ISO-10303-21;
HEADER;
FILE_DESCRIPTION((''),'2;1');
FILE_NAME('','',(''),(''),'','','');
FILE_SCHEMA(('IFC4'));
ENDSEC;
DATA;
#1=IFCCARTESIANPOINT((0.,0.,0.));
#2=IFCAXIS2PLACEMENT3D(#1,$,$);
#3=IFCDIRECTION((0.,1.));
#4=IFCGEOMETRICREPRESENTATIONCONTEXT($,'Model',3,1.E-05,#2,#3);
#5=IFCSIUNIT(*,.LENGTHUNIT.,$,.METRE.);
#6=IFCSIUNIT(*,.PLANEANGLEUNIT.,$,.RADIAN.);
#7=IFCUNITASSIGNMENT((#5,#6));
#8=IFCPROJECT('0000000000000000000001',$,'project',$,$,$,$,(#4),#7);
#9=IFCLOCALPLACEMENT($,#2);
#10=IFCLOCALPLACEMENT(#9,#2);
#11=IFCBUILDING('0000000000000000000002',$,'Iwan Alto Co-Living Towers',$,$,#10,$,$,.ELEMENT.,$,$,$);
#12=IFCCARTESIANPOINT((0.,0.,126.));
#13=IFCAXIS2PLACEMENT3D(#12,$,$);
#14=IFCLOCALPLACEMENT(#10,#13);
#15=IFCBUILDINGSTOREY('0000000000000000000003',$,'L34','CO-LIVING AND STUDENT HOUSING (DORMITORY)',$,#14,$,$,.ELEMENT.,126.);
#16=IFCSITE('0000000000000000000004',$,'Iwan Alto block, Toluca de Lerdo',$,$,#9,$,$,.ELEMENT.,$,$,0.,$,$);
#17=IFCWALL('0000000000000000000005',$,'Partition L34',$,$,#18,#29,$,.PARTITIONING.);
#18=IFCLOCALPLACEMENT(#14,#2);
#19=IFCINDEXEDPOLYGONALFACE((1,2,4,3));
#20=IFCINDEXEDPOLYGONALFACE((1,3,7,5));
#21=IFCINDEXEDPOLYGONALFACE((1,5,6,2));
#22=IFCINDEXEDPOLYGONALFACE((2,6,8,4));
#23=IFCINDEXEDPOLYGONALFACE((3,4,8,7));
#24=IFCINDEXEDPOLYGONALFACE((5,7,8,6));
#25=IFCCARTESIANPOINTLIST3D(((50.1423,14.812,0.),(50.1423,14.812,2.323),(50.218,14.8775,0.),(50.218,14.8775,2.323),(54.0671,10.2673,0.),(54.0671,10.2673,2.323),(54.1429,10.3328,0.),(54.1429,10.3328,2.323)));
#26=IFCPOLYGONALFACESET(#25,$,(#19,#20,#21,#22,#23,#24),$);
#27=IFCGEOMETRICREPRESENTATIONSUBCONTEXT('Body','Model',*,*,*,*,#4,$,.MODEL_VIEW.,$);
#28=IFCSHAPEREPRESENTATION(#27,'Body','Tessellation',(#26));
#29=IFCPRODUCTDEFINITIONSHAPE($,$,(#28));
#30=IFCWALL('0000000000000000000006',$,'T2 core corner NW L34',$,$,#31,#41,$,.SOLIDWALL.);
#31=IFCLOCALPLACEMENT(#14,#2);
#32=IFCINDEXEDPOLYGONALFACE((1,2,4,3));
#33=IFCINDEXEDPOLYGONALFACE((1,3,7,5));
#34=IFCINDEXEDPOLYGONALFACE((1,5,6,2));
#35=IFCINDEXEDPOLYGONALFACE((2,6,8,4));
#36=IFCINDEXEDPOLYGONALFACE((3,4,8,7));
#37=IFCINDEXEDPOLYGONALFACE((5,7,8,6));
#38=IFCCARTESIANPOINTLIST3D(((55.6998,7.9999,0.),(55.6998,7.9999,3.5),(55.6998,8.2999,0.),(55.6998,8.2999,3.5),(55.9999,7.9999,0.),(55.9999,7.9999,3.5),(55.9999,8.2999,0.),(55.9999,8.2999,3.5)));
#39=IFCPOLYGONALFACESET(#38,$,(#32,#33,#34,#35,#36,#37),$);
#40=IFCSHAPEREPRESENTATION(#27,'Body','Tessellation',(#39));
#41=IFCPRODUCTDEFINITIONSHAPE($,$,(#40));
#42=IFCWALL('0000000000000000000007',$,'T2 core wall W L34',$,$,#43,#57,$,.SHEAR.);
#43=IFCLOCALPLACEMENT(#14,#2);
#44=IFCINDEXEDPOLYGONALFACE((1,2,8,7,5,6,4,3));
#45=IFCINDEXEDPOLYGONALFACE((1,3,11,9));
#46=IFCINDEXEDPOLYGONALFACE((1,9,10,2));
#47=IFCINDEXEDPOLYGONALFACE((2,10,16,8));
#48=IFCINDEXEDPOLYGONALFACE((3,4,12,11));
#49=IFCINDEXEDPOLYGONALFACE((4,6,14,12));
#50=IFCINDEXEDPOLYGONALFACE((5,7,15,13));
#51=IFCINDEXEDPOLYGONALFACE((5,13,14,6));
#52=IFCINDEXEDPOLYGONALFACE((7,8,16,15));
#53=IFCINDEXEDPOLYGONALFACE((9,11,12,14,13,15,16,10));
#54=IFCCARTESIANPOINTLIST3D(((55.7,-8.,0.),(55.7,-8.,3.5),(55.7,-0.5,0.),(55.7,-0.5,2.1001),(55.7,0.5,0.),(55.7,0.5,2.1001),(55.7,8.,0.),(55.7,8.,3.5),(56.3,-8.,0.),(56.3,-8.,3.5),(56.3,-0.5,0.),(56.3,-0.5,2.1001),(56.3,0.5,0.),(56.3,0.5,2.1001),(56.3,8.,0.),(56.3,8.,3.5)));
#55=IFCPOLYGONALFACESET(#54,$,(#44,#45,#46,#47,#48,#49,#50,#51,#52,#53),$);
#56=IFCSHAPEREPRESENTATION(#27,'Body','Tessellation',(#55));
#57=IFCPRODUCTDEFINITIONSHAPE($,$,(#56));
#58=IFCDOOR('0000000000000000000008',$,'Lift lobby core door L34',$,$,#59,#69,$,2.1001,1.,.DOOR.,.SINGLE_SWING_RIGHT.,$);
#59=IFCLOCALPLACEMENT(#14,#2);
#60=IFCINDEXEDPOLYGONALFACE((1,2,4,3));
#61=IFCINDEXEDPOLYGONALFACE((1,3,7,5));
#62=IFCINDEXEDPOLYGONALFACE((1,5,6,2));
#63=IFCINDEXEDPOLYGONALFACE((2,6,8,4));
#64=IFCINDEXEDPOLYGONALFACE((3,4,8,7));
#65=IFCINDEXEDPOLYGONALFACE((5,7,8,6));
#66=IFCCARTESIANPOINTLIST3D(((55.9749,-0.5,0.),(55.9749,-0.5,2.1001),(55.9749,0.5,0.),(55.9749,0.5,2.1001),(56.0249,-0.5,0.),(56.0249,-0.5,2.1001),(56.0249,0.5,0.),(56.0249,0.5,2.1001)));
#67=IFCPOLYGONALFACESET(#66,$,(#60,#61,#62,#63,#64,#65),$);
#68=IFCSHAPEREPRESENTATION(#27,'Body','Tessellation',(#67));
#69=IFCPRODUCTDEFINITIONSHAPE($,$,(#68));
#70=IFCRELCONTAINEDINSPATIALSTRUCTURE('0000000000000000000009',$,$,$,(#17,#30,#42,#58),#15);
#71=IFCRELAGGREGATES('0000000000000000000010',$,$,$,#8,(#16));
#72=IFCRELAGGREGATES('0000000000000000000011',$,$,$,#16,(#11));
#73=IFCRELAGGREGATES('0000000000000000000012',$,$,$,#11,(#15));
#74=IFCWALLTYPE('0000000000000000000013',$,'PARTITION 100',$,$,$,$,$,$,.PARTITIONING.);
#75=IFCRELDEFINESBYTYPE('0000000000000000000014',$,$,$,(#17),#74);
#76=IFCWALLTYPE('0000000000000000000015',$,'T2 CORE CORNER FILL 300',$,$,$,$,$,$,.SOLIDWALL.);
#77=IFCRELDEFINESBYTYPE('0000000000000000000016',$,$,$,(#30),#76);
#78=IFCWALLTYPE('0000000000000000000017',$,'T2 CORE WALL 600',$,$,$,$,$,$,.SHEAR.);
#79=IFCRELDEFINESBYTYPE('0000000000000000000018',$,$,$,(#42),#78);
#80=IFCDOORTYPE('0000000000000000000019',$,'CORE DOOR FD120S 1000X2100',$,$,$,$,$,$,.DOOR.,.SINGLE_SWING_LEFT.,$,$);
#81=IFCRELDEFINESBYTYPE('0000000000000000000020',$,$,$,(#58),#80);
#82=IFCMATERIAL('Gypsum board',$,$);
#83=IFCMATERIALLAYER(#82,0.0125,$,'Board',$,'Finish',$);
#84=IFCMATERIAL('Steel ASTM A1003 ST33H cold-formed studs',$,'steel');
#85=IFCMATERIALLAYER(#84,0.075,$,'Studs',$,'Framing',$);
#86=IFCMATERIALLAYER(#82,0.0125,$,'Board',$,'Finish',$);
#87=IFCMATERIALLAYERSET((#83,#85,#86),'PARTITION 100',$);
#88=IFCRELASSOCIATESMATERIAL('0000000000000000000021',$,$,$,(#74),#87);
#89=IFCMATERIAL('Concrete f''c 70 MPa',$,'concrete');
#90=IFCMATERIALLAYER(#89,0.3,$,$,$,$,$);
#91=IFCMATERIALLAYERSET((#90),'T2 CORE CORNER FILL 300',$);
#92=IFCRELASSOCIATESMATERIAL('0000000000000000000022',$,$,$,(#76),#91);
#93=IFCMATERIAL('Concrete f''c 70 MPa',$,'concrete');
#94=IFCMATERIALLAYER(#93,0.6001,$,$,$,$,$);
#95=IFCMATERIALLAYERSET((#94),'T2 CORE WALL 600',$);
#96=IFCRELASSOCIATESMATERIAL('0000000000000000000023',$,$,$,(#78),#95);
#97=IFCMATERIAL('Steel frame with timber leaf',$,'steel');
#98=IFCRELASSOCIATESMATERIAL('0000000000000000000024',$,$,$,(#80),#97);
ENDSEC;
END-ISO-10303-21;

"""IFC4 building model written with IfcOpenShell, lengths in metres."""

from ifc_helpers import new_model, si_unit, direction, frame, frame_2d, origin, place, context, subcontext, project, spatial, rectangle, extrude, material, layer, layer_set, type_object, element, fill, save


model = new_model("IFC4")

# Units and contexts
model_context = context("Model", 3, precision=1e-05, world=origin(), true_north=direction((0.0, 1.0)))
body_context = subcontext(model_context, "Body", "Model", "MODEL_VIEW")
ifc_project = project(units=[si_unit("LENGTHUNIT", "METRE"), si_unit("PLANEANGLEUNIT", "RADIAN")], contexts=[model_context])

# Site, building, storey
site_placement = place(None, origin())
site = spatial("IfcSite", under=ifc_project, at=site_placement, Name="Iwan Alto block, Toluca de Lerdo", CompositionType="ELEMENT", RefElevation=0.0)
building_placement = place(site_placement, origin())
building = spatial("IfcBuilding", under=site, at=building_placement, Name="Iwan Alto Co-Living Towers", CompositionType="ELEMENT")
storey_placement = place(building_placement, frame((0.0, 0.0, 126.0)))
storey = spatial("IfcBuildingStorey", under=building, at=storey_placement, Name="L34", Description="CO-LIVING AND STUDENT HOUSING (DORMITORY)", CompositionType="ELEMENT", Elevation=126.0)

# Shared definitions
ifc_material_1 = material(Name="Gypsum board")
ifc_material_2 = material(Name="Steel ASTM A1003 ST33H cold-formed studs", Category="steel")

# Shared definitions
ifc_layer_1 = layer(ifc_material_1, 0.0125, Name="Board", Category="Finish")
ifc_layer_2 = layer(ifc_material_2, 0.075, Name="Studs", Category="Framing")
ifc_layer_3 = layer(ifc_material_1, 0.0125, Name="Board", Category="Finish")
ifc_layer_set_1 = layer_set([ifc_layer_1, ifc_layer_2, ifc_layer_3], Name="PARTITION 100")
wall_type_1 = type_object("IfcWallType", Name="PARTITION 100", PredefinedType="PARTITIONING", material=ifc_layer_set_1)

# Walls
wall_1_placement = place(storey_placement, frame((54.105, 10.3, 0.0), z_axis=(0.0, 0.0, 1.0), x_axis=(-0.653606, 0.756835, 0.0)))
element("IfcWall", 1, at=wall_1_placement, inside=storey, type_object=wall_type_1, Name="Partition L34", PredefinedType="PARTITIONING", context=body_context, shape_type="SweptSolid", body=[
    extrude(rectangle(XDim=6.0049, YDim=0.1001, at=frame_2d((3.0024, 0.0))), origin(), (0.0, 0.0, 1.0), 2.323),
])
ifc_material_3 = material(Name="Concrete f'c 70 MPa", Category="concrete")
ifc_layer_4 = layer(ifc_material_3, 0.3)
ifc_layer_set_2 = layer_set([ifc_layer_4], Name="T2 CORE CORNER FILL 300")
wall_type_2 = type_object("IfcWallType", Name="T2 CORE CORNER FILL 300", PredefinedType="SOLIDWALL", material=ifc_layer_set_2)
wall_2_placement = place(storey_placement, frame((55.7, 8.1499, 0.0), z_axis=(0.0, 0.0, 1.0), x_axis=(1.0, 0.0, 0.0)))
element("IfcWall", 2, at=wall_2_placement, inside=storey, type_object=wall_type_2, Name="T2 core corner NW L34", PredefinedType="SOLIDWALL", context=body_context, shape_type="SweptSolid", body=[
    extrude(rectangle(XDim=0.3, YDim=0.3, at=frame_2d((0.1499, 0.0))), origin(), (0.0, 0.0, 1.0), 3.5),
])

# Wall, opening, door
ifc_material_4 = material(Name="Concrete f'c 70 MPa", Category="concrete")
ifc_layer_5 = layer(ifc_material_4, 0.6001)
ifc_layer_set_3 = layer_set([ifc_layer_5], Name="T2 CORE WALL 600")
wall_type_3 = type_object("IfcWallType", Name="T2 CORE WALL 600", PredefinedType="SHEAR", material=ifc_layer_set_3)
wall_3_placement = place(storey_placement, frame((56.0, 8.0, 0.0), z_axis=(0.0, 0.0, 1.0), x_axis=(0.0, -1.0, 0.0)))
wall_3 = element("IfcWall", 3, at=wall_3_placement, inside=storey, type_object=wall_type_3, Name="T2 core wall W L34", PredefinedType="SHEAR", context=body_context, shape_type="SweptSolid", body=[
    extrude(rectangle(XDim=16.0, YDim=0.6001, at=frame_2d((8.0, 0.0))), origin(), (0.0, 0.0, 1.0), 3.5),
])
opening_1_placement = place(wall_3_placement, frame((7.5, 0.0, 0.0)))
opening_1 = element("IfcOpeningElement", 4, at=opening_1_placement, cuts=wall_3, PredefinedType="OPENING", context=body_context, shape_type="SweptSolid", body=[
    extrude(rectangle(XDim=1.0, YDim=2.1001, at=frame_2d((0.5, 1.05))), frame((0.0, 0.3101, 0.0), z_axis=(0.0, -1.0, 0.0), x_axis=(1.0, 0.0, 0.0)), (0.0, 0.0, 1.0), 0.6201),
])
ifc_material_5 = material(Name="Steel frame with timber leaf", Category="steel")
door_type_1 = type_object("IfcDoorType", Name="CORE DOOR FD120S 1000X2100", OperationType="SINGLE_SWING_LEFT", PredefinedType="DOOR", material=ifc_material_5)
door_1_placement = place(opening_1_placement, origin())
door_1 = element("IfcDoor", 5, at=door_1_placement, inside=storey, type_object=door_type_1, Name="Lift lobby core door L34", OperationType="SINGLE_SWING_RIGHT", OverallHeight=2.1001, OverallWidth=1.0, PredefinedType="DOOR", context=body_context, shape_type="SweptSolid", body=[
    extrude(rectangle(XDim=1.0, YDim=2.1001, at=frame_2d((0.5, 1.05))), frame((0.0, 0.0249, 0.0), z_axis=(0.0, -1.0, 0.0), x_axis=(1.0, 0.0, 0.0)), (0.0, 0.0, 1.0), 0.05),
])
fill(opening_1, door_1)

save(model, "model.ifc")
